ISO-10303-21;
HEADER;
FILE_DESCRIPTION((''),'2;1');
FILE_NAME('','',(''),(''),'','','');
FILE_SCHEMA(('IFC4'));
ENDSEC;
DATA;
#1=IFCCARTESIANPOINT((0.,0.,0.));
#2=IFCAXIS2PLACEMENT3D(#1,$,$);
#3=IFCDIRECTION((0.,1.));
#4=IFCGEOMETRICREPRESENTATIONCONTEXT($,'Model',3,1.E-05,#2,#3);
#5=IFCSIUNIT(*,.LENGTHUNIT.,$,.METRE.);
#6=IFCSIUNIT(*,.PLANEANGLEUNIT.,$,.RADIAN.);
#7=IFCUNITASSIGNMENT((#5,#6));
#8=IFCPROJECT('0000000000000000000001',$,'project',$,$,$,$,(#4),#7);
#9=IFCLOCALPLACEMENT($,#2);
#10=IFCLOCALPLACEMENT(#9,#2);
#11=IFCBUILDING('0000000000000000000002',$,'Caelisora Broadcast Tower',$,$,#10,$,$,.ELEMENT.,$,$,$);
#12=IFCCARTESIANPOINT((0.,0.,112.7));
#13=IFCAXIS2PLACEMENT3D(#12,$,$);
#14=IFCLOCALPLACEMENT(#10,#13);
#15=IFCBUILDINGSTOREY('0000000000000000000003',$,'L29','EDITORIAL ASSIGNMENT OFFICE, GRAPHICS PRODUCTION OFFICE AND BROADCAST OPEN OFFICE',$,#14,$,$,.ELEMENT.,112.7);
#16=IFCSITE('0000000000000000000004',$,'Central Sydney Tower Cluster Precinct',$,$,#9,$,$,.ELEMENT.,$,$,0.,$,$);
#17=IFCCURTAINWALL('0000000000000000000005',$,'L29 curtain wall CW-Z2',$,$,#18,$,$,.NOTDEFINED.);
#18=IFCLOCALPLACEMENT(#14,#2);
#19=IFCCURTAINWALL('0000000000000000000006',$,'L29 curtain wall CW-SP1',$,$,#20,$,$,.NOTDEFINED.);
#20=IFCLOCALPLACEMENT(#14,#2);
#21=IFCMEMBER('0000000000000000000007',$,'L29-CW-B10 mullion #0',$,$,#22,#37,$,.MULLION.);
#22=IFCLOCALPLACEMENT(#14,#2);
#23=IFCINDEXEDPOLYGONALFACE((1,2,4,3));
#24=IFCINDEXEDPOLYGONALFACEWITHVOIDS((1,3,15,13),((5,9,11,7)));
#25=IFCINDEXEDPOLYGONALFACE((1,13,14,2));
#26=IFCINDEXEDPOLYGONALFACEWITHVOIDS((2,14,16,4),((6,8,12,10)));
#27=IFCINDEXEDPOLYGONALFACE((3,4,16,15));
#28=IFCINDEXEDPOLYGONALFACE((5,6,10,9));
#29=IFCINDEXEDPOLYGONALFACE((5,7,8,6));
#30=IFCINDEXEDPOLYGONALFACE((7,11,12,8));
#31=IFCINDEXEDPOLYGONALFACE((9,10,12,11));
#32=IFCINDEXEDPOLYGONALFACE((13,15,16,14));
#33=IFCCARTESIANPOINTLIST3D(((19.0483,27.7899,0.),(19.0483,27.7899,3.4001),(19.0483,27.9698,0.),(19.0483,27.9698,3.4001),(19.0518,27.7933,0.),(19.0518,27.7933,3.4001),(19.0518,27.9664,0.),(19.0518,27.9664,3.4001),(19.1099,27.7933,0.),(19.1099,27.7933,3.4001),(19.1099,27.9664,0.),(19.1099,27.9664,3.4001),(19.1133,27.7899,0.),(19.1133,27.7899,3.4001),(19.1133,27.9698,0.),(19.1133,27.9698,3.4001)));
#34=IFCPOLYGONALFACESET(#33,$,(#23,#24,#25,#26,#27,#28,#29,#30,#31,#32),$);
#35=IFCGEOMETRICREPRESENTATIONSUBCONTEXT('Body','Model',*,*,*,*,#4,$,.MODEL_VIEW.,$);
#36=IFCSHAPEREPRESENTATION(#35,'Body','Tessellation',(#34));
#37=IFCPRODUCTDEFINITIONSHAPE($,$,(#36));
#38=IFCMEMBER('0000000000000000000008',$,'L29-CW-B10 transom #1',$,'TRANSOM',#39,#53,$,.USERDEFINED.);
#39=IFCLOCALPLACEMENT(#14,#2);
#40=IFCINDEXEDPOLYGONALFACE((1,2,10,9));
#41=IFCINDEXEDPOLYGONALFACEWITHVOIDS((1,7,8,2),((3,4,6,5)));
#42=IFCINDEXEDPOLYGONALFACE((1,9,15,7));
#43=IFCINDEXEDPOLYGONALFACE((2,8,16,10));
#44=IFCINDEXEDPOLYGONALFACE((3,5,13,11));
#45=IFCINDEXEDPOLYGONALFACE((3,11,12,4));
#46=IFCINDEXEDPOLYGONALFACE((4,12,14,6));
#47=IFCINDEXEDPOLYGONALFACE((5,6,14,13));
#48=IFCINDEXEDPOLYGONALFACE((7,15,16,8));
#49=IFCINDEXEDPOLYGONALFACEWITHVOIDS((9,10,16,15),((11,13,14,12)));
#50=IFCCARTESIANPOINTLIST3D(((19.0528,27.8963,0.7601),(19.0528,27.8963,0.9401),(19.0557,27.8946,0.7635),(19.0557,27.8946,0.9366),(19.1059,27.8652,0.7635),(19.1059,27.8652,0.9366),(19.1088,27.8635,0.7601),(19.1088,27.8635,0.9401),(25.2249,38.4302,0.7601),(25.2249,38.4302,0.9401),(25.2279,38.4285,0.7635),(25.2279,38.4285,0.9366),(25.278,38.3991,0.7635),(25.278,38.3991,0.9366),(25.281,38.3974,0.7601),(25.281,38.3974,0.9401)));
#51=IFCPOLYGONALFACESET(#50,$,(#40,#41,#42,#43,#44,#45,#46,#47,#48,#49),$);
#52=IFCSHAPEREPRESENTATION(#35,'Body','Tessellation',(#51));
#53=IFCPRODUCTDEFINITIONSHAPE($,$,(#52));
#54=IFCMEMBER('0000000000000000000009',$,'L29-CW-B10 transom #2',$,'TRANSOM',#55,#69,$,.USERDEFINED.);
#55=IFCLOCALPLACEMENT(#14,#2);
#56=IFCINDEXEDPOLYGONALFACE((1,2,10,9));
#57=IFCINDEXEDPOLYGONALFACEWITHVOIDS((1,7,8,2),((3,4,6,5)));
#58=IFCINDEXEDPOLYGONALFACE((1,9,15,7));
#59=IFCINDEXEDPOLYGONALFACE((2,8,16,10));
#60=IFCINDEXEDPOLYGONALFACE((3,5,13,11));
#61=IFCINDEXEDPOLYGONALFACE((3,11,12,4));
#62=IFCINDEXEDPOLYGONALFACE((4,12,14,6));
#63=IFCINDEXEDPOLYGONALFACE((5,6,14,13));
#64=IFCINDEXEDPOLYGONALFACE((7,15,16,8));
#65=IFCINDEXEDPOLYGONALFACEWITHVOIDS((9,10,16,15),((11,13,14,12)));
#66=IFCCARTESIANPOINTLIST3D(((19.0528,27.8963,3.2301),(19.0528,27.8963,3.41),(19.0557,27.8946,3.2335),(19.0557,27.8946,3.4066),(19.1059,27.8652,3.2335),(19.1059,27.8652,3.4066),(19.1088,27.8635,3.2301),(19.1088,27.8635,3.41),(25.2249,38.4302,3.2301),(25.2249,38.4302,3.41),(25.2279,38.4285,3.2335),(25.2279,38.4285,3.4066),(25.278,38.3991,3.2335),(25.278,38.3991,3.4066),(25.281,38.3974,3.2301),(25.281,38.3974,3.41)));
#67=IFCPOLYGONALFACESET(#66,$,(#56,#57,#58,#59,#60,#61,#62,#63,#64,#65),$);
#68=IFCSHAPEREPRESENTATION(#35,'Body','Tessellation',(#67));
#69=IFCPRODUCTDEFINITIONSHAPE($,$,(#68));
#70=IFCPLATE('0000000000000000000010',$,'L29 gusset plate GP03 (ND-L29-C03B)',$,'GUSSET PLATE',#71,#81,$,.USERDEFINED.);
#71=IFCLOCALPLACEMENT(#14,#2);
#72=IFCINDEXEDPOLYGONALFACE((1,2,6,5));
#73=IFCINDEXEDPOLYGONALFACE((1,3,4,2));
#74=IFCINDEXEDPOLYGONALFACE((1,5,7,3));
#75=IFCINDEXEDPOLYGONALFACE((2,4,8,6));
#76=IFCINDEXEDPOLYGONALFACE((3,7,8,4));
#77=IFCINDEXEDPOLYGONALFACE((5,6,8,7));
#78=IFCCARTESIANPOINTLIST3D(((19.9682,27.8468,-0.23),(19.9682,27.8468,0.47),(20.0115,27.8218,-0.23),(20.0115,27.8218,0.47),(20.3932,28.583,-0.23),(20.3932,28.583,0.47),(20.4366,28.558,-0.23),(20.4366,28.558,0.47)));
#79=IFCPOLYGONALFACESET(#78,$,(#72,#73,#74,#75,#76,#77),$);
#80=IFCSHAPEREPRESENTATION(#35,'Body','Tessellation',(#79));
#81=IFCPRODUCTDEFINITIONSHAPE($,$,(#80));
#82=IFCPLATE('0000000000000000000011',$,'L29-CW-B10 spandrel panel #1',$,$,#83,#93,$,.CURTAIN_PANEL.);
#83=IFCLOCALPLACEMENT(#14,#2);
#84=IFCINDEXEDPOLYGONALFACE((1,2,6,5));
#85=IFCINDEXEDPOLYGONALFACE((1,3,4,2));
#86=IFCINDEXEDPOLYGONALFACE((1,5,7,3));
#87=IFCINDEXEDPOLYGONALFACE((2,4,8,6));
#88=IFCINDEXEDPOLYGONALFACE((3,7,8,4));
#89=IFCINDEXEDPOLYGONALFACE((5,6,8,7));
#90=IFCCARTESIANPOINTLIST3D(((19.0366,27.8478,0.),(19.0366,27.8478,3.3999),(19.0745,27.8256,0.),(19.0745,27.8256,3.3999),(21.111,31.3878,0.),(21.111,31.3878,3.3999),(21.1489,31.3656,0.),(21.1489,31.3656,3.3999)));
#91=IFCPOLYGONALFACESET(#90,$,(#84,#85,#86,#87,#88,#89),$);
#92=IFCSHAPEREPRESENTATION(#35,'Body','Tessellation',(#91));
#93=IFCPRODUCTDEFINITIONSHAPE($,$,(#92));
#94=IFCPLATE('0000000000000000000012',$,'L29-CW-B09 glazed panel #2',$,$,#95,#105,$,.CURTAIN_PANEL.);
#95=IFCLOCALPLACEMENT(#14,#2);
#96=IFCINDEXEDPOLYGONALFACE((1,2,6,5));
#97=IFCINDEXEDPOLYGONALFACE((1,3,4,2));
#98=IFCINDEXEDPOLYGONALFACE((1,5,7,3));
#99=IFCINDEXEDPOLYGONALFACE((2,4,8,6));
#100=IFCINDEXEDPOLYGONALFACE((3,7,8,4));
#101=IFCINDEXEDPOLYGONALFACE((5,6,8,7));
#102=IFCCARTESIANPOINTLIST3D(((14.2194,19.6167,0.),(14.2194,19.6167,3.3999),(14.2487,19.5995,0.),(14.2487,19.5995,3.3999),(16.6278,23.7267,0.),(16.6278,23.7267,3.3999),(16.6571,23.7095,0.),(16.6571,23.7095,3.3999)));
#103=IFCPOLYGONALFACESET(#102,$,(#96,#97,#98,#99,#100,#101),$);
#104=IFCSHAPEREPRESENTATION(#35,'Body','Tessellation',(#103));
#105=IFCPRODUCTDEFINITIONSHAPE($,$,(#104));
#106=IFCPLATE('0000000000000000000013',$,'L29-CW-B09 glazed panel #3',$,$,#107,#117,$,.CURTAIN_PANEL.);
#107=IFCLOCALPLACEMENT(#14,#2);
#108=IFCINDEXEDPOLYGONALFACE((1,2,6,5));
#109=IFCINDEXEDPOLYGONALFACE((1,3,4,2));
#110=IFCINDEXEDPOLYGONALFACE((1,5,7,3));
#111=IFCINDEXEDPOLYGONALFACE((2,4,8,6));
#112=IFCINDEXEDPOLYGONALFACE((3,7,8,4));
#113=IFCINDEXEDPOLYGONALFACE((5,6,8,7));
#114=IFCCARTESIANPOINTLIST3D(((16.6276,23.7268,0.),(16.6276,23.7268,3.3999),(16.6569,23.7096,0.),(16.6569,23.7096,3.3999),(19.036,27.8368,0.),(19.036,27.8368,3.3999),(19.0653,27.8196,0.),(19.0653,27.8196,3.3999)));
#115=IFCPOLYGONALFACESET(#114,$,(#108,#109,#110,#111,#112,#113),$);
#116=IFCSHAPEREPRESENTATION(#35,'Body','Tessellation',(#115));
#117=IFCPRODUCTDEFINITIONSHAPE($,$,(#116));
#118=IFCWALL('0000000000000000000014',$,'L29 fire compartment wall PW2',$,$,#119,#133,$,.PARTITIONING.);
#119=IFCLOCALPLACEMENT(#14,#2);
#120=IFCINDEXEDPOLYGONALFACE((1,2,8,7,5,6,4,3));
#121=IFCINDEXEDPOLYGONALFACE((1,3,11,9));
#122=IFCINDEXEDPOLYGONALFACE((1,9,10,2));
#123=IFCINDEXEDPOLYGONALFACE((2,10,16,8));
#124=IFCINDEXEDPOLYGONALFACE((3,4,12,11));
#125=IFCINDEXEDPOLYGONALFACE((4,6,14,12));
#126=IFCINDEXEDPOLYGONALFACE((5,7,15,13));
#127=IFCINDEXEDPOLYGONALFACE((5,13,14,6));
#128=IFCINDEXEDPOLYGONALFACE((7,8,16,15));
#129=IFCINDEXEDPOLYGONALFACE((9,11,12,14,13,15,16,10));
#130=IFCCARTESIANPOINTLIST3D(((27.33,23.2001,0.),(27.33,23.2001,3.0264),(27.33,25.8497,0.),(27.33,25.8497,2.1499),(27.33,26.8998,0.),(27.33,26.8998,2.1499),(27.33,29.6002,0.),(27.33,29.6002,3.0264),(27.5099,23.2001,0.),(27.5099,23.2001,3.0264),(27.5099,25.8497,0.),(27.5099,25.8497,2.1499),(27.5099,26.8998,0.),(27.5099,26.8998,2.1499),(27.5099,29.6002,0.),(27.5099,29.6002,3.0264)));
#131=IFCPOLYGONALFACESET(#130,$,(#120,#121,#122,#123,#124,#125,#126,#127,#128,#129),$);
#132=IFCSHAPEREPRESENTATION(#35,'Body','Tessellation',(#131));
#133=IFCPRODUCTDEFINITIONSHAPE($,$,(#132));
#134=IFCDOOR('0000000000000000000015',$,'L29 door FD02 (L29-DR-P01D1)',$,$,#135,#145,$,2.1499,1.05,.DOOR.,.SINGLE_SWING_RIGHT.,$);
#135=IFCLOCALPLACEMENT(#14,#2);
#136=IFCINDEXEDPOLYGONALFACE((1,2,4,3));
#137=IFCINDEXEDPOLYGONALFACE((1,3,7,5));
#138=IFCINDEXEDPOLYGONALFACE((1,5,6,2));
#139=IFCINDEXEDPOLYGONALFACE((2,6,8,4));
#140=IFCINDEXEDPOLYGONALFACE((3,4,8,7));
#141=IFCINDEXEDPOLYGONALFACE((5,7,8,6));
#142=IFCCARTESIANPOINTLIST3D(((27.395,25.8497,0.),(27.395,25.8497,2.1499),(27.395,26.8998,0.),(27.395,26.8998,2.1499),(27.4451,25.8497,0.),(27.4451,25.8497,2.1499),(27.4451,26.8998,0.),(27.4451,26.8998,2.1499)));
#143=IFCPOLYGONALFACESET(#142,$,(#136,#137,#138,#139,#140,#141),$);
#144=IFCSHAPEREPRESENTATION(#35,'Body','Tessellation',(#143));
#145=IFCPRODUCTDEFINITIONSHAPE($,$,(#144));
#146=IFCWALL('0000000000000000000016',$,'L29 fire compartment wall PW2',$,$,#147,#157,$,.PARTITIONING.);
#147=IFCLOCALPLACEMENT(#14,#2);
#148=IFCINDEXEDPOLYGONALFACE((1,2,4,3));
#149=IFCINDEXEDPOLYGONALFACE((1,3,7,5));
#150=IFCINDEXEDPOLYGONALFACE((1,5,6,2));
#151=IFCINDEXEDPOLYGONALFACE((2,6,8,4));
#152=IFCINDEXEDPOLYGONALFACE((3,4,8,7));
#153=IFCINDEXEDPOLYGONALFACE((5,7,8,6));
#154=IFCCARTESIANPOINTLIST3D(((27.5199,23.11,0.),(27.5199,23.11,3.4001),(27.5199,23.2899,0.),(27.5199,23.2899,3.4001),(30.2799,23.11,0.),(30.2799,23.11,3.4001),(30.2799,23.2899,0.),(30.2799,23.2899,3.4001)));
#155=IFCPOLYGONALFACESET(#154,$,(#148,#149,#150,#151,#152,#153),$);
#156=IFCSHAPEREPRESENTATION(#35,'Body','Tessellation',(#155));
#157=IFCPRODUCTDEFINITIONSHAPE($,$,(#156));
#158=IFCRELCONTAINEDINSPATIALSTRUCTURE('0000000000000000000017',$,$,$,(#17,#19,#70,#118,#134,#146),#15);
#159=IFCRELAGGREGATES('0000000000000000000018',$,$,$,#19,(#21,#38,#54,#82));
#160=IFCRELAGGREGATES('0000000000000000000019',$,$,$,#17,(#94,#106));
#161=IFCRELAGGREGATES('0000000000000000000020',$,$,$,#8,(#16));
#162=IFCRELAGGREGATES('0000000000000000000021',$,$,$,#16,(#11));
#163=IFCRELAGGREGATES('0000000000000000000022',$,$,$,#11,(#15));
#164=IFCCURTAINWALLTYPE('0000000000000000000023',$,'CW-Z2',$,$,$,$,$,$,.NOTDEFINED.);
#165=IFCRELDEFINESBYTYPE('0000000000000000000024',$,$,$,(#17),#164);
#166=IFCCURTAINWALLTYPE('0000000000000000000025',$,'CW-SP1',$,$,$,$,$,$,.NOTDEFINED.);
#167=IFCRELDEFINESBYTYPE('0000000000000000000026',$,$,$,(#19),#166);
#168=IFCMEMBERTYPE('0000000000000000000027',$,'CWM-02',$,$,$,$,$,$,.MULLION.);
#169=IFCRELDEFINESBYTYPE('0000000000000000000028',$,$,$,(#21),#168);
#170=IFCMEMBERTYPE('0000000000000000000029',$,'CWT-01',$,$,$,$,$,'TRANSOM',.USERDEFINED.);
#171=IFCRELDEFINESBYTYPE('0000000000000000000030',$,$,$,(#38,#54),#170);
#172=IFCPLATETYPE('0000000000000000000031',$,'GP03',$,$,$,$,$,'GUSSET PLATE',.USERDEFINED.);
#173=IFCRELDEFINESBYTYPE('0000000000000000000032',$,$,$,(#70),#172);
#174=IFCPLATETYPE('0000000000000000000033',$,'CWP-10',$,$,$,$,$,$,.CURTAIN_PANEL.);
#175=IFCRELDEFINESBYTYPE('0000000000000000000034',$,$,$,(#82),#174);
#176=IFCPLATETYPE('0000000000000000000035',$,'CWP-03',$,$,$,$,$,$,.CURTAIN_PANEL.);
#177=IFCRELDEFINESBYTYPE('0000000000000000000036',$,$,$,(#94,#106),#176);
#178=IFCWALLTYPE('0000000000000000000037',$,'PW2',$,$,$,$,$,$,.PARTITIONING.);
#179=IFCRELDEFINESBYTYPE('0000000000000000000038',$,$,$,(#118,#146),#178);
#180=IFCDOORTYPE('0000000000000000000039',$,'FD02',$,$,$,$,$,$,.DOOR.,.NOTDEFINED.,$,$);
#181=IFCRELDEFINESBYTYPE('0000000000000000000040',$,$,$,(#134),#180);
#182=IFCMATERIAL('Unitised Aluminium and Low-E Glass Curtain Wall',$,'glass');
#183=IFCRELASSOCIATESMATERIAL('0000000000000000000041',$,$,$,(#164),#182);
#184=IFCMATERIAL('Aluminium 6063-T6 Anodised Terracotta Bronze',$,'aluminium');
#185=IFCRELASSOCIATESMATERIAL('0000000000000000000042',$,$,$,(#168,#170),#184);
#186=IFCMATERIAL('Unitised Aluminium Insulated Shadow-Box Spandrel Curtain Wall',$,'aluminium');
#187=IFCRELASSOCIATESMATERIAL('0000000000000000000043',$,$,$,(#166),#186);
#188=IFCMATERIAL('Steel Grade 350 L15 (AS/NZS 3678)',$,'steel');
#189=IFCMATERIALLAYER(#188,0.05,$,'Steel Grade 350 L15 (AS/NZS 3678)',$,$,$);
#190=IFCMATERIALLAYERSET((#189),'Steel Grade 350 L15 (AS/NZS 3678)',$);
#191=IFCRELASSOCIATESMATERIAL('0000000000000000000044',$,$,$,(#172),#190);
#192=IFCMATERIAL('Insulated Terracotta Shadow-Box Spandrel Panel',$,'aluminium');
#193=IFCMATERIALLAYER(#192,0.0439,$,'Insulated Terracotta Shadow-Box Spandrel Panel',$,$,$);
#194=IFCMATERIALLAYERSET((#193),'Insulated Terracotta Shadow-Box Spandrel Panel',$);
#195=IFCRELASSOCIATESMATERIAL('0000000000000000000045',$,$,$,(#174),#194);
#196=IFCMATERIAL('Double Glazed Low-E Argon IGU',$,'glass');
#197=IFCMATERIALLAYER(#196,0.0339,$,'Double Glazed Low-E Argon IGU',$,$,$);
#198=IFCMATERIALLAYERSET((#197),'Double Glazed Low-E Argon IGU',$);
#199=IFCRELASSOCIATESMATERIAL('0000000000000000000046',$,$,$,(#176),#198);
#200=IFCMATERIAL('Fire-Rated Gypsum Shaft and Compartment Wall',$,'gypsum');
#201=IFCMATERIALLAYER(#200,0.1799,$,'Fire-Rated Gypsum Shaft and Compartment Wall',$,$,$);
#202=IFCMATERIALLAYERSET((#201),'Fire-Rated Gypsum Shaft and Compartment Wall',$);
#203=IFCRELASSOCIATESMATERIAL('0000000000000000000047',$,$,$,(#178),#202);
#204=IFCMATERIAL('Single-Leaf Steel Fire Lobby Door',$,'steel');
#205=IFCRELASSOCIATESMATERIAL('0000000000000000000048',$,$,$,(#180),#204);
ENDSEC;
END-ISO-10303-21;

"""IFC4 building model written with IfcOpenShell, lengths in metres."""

from ifc_helpers import new_model, si_unit, direction, frame, frame_2d, origin, origin_2d, place, context, subcontext, project, spatial, rectangle, hollow_rectangle, extrude, source, transform, mapped, material, layer, layer_set, material_profile, profile_set, type_object, type_shapes, element, fill, aggregate, save


model = new_model("IFC4")

# Units and contexts
model_context = context("Model", 3, precision=1e-05, world=origin(), true_north=direction((0.0, 1.0)))
body_context = subcontext(model_context, "Body", "Model", "MODEL_VIEW")
ifc_project = project(units=[si_unit("LENGTHUNIT", "METRE"), si_unit("PLANEANGLEUNIT", "RADIAN")], contexts=[model_context])

# Site, building, storey
site_placement = place(None, origin())
site = spatial("IfcSite", under=ifc_project, at=site_placement, Name="Central Sydney Tower Cluster Precinct", CompositionType="ELEMENT", RefElevation=0.0)
building_placement = place(site_placement, origin())
building = spatial("IfcBuilding", under=site, at=building_placement, Name="Caelisora Broadcast Tower", CompositionType="ELEMENT")
storey_placement = place(building_placement, frame((0.0, 0.0, 112.7)))
storey = spatial("IfcBuildingStorey", under=building, at=storey_placement, Name="L29", Description="EDITORIAL ASSIGNMENT OFFICE, GRAPHICS PRODUCTION OFFICE AND BROADCAST OPEN OFFICE", CompositionType="ELEMENT", Elevation=112.7)

# Shared definitions
ifc_material_1 = material(Name="Steel Grade 350 L15 (AS/NZS 3678)", Category="steel")

# Curtain walls, members
ifc_material_2 = material(Name="Unitised Aluminium and Low-E Glass Curtain Wall", Category="glass")
curtain_wall_type_1 = type_object("IfcCurtainWallType", Name="CW-Z2", PredefinedType="NOTDEFINED", material=ifc_material_2)
curtain_wall_1_placement = place(storey_placement, origin())
curtain_wall_1 = element("IfcCurtainWall", 1, at=curtain_wall_1_placement, inside=storey, type_object=curtain_wall_type_1, Name="L29 curtain wall CW-Z2", PredefinedType="NOTDEFINED")
ifc_material_3 = material(Name="Aluminium 6063-T6 Anodised Terracotta Bronze", Category="aluminium")
ifc_material_profile_1 = material_profile(ifc_material_3, hollow_rectangle(XDim=0.0649, YDim=0.1799, WallThickness=0.0034, at=origin_2d()), Name="Aluminium 6063-T6 Anodised Terracotta Bronze")
ifc_profile_set_1 = profile_set([ifc_material_profile_1], Name="Aluminium 6063-T6 Anodised Terracotta Bronze")
member_type_1 = type_object("IfcMemberType", Name="CWM-02", PredefinedType="MULLION", material=ifc_profile_set_1)
shared_shape_1 = source(origin(), body_context, "Body", "SweptSolid", [
    extrude(hollow_rectangle(XDim=0.0649, YDim=0.1799, WallThickness=0.0034, at=origin_2d()), origin(), (0.0, 0.0, 1.0), 3.4001),
])
type_shapes(member_type_1, [shared_shape_1])
ifc_material_4 = material(Name="Unitised Aluminium Insulated Shadow-Box Spandrel Curtain Wall", Category="aluminium")
curtain_wall_type_2 = type_object("IfcCurtainWallType", Name="CW-SP1", PredefinedType="NOTDEFINED", material=ifc_material_4)
curtain_wall_2_placement = place(storey_placement, origin())
curtain_wall_2 = element("IfcCurtainWall", 2, at=curtain_wall_2_placement, inside=storey, type_object=curtain_wall_type_2, Name="L29 curtain wall CW-SP1", PredefinedType="NOTDEFINED")
member_1_placement = place(storey_placement, frame((19.0808, 27.8799, 0.0), z_axis=(0.0, 0.0, 1.0), x_axis=(1.0, 0.0, 0.0)))
member_1 = element("IfcMember", 3, at=member_1_placement, type_object=member_type_1, Name="L29-CW-B10 mullion #0", PredefinedType="MULLION", context=body_context, shape_type="MappedRepresentation", body=[
    mapped(shared_shape_1, transform((0.0, 0.0, 0.0), scale=1.0)),
])
ifc_material_profile_2 = material_profile(ifc_material_3, hollow_rectangle(XDim=0.0649, YDim=0.1799, WallThickness=0.0034, at=origin_2d()), Name="Aluminium 6063-T6 Anodised Terracotta Bronze")
ifc_profile_set_2 = profile_set([ifc_material_profile_2], Name="Aluminium 6063-T6 Anodised Terracotta Bronze")
member_type_2 = type_object("IfcMemberType", Name="CWT-01", ElementType="TRANSOM", PredefinedType="USERDEFINED", material=ifc_profile_set_2)
shared_shape_2 = source(origin(), body_context, "Body", "SweptSolid", [
    extrude(hollow_rectangle(XDim=0.0649, YDim=0.1799, WallThickness=0.0034, at=origin_2d()), origin(), (0.0, 0.0, 1.0), 12.209),
])
type_shapes(member_type_2, [shared_shape_2])
member_2_placement = place(storey_placement, frame((19.0808, 27.8799, 0.8501), z_axis=(0.50554, 0.862803, 0.0), x_axis=(-0.862803, 0.50554, 0.0)))
member_2 = element("IfcMember", 4, at=member_2_placement, type_object=member_type_2, Name="L29-CW-B10 transom #1", ObjectType="TRANSOM", PredefinedType="USERDEFINED", context=body_context, shape_type="MappedRepresentation", body=[
    mapped(shared_shape_2, transform((0.0, 0.0, 0.0), scale=1.0)),
])
member_3_placement = place(storey_placement, frame((19.0808, 27.8799, 3.3201), z_axis=(0.50554, 0.862803, 0.0), x_axis=(-0.862803, 0.50554, 0.0)))
member_3 = element("IfcMember", 5, at=member_3_placement, type_object=member_type_2, Name="L29-CW-B10 transom #2", ObjectType="TRANSOM", PredefinedType="USERDEFINED", context=body_context, shape_type="MappedRepresentation", body=[
    mapped(shared_shape_2, transform((0.0, 0.0, 0.0), scale=1.0)),
])

# Plates
ifc_layer_1 = layer(ifc_material_1, 0.05, Name="Steel Grade 350 L15 (AS/NZS 3678)")
ifc_layer_set_1 = layer_set([ifc_layer_1], Name="Steel Grade 350 L15 (AS/NZS 3678)")
plate_type_1 = type_object("IfcPlateType", Name="GP03", ElementType="GUSSET PLATE", PredefinedType="USERDEFINED", material=ifc_layer_set_1)
shared_shape_3 = source(origin(), body_context, "Body", "SweptSolid", [
    extrude(rectangle(XDim=0.8501, YDim=0.05, at=origin_2d()), origin(), (0.0, 0.0, 1.0), 0.7),
])
type_shapes(plate_type_1, [shared_shape_3])
plate_1_placement = place(storey_placement, frame((20.2024, 28.2024, -0.23), z_axis=(0.0, 0.0, 1.0), x_axis=(-0.5, -0.866025, 0.0)))
element("IfcPlate", 6, at=plate_1_placement, inside=storey, type_object=plate_type_1, Name="L29 gusset plate GP03 (ND-L29-C03B)", ObjectType="GUSSET PLATE", PredefinedType="USERDEFINED", context=body_context, shape_type="MappedRepresentation", body=[
    mapped(shared_shape_3, transform((0.0, 0.0, 0.0), scale=1.0)),
])
ifc_material_5 = material(Name="Insulated Terracotta Shadow-Box Spandrel Panel", Category="aluminium")
ifc_layer_2 = layer(ifc_material_5, 0.0439, Name="Insulated Terracotta Shadow-Box Spandrel Panel")
ifc_layer_set_2 = layer_set([ifc_layer_2], Name="Insulated Terracotta Shadow-Box Spandrel Panel")
plate_type_2 = type_object("IfcPlateType", Name="CWP-10", PredefinedType="CURTAIN_PANEL", material=ifc_layer_set_2)
shared_shape_4 = source(origin(), body_context, "Body", "SweptSolid", [
    extrude(rectangle(XDim=4.103, YDim=0.0439, at=origin_2d()), origin(), (0.0, 0.0, 1.0), 3.3999),
])
type_shapes(plate_type_2, [shared_shape_4])
plate_2_placement = place(storey_placement, frame((20.0928, 29.6067, 0.0), z_axis=(0.0, 0.0, 1.0), x_axis=(0.505582, 0.862779, 0.0)))
plate_2 = element("IfcPlate", 7, at=plate_2_placement, type_object=plate_type_2, Name="L29-CW-B10 spandrel panel #1", PredefinedType="CURTAIN_PANEL", context=body_context, shape_type="MappedRepresentation", body=[
    mapped(shared_shape_4, transform((0.0, 0.0, 0.0), scale=1.0)),
])
aggregate(curtain_wall_2, [member_1, member_2, member_3, plate_2])
ifc_material_6 = material(Name="Double Glazed Low-E Argon IGU", Category="glass")
ifc_layer_3 = layer(ifc_material_6, 0.0339, Name="Double Glazed Low-E Argon IGU")
ifc_layer_set_3 = layer_set([ifc_layer_3], Name="Double Glazed Low-E Argon IGU")
plate_type_3 = type_object("IfcPlateType", Name="CWP-03", PredefinedType="CURTAIN_PANEL", material=ifc_layer_set_3)
shared_shape_5 = source(origin(), body_context, "Body", "SweptSolid", [
    extrude(rectangle(XDim=4.7637, YDim=0.0339, at=origin_2d()), origin(), (0.0, 0.0, 1.0), 3.3999),
])
type_shapes(plate_type_3, [shared_shape_5])
plate_3_placement = place(storey_placement, frame((15.4382, 21.6631, 0.0), z_axis=(0.0, 0.0, 1.0), x_axis=(0.505582, 0.862779, 0.0)))
plate_3 = element("IfcPlate", 8, at=plate_3_placement, type_object=plate_type_3, Name="L29-CW-B09 glazed panel #2", PredefinedType="CURTAIN_PANEL", context=body_context, shape_type="MappedRepresentation", body=[
    mapped(shared_shape_5, transform((0.0, 0.0, 0.0), scale=1.0)),
])
plate_4_placement = place(storey_placement, frame((17.8464, 25.7732, 0.0), z_axis=(0.0, 0.0, 1.0), x_axis=(0.505582, 0.862779, 0.0)))
plate_4 = element("IfcPlate", 9, at=plate_4_placement, type_object=plate_type_3, Name="L29-CW-B09 glazed panel #3", PredefinedType="CURTAIN_PANEL", context=body_context, shape_type="MappedRepresentation", body=[
    mapped(shared_shape_5, transform((0.0, 0.0, 0.0), scale=1.0)),
])
aggregate(curtain_wall_1, [plate_3, plate_4])

# Wall, opening, door
ifc_material_7 = material(Name="Fire-Rated Gypsum Shaft and Compartment Wall", Category="gypsum")
ifc_layer_4 = layer(ifc_material_7, 0.1799, Name="Fire-Rated Gypsum Shaft and Compartment Wall")
ifc_layer_set_4 = layer_set([ifc_layer_4], Name="Fire-Rated Gypsum Shaft and Compartment Wall")
wall_type_1 = type_object("IfcWallType", Name="PW2", PredefinedType="PARTITIONING", material=ifc_layer_set_4)
wall_1_placement = place(storey_placement, frame((27.4199, 23.2, 0.0), z_axis=(0.0, 0.0, 1.0), x_axis=(0.0, 1.0, 0.0)))
wall_1 = element("IfcWall", 10, at=wall_1_placement, inside=storey, type_object=wall_type_1, Name="L29 fire compartment wall PW2", PredefinedType="PARTITIONING", context=body_context, shape_type="SweptSolid", body=[
    extrude(rectangle(XDim=6.4001, YDim=0.1799, at=frame_2d((3.2002, 0.0))), origin(), (0.0, 0.0, 1.0), 3.0264),
])
opening_1_placement = place(wall_1_placement, frame((2.6499, 0.0, 0.0)))
opening_1 = element("IfcOpeningElement", 11, at=opening_1_placement, cuts=wall_1, PredefinedType="OPENING", context=body_context, shape_type="SweptSolid", body=[
    extrude(rectangle(XDim=1.05, YDim=2.1499, at=frame_2d((0.5249, 1.075))), frame((0.0, 0.1021, 0.0), z_axis=(0.0, -1.0, 0.0), x_axis=(1.0, 0.0, 0.0)), (0.0, 0.0, 1.0), 0.2039),
])
ifc_material_8 = material(Name="Single-Leaf Steel Fire Lobby Door", Category="steel")
door_type_1 = type_object("IfcDoorType", Name="FD02", OperationType="NOTDEFINED", PredefinedType="DOOR", material=ifc_material_8)
door_1_placement = place(opening_1_placement, origin())
door_1 = element("IfcDoor", 12, at=door_1_placement, inside=storey, type_object=door_type_1, Name="L29 door FD02 (L29-DR-P01D1)", OperationType="SINGLE_SWING_RIGHT", OverallHeight=2.1499, OverallWidth=1.05, PredefinedType="DOOR", context=body_context, shape_type="SweptSolid", body=[
    extrude(rectangle(XDim=1.05, YDim=2.1499, at=frame_2d((0.5249, 1.075))), frame((0.0, 0.0249, 0.0), z_axis=(0.0, -1.0, 0.0), x_axis=(1.0, 0.0, 0.0)), (0.0, 0.0, 1.0), 0.05),
])
fill(opening_1, door_1)

# Wall
wall_2_placement = place(storey_placement, frame((27.52, 23.2, 0.0), z_axis=(0.0, 0.0, 1.0), x_axis=(1.0, 0.0, 0.0)))
element("IfcWall", 13, at=wall_2_placement, inside=storey, type_object=wall_type_1, Name="L29 fire compartment wall PW2", PredefinedType="PARTITIONING", context=body_context, shape_type="SweptSolid", body=[
    extrude(rectangle(XDim=2.76, YDim=0.1799, at=frame_2d((1.3799, 0.0))), origin(), (0.0, 0.0, 1.0), 3.4001),
])

save(model, "model.ifc")
